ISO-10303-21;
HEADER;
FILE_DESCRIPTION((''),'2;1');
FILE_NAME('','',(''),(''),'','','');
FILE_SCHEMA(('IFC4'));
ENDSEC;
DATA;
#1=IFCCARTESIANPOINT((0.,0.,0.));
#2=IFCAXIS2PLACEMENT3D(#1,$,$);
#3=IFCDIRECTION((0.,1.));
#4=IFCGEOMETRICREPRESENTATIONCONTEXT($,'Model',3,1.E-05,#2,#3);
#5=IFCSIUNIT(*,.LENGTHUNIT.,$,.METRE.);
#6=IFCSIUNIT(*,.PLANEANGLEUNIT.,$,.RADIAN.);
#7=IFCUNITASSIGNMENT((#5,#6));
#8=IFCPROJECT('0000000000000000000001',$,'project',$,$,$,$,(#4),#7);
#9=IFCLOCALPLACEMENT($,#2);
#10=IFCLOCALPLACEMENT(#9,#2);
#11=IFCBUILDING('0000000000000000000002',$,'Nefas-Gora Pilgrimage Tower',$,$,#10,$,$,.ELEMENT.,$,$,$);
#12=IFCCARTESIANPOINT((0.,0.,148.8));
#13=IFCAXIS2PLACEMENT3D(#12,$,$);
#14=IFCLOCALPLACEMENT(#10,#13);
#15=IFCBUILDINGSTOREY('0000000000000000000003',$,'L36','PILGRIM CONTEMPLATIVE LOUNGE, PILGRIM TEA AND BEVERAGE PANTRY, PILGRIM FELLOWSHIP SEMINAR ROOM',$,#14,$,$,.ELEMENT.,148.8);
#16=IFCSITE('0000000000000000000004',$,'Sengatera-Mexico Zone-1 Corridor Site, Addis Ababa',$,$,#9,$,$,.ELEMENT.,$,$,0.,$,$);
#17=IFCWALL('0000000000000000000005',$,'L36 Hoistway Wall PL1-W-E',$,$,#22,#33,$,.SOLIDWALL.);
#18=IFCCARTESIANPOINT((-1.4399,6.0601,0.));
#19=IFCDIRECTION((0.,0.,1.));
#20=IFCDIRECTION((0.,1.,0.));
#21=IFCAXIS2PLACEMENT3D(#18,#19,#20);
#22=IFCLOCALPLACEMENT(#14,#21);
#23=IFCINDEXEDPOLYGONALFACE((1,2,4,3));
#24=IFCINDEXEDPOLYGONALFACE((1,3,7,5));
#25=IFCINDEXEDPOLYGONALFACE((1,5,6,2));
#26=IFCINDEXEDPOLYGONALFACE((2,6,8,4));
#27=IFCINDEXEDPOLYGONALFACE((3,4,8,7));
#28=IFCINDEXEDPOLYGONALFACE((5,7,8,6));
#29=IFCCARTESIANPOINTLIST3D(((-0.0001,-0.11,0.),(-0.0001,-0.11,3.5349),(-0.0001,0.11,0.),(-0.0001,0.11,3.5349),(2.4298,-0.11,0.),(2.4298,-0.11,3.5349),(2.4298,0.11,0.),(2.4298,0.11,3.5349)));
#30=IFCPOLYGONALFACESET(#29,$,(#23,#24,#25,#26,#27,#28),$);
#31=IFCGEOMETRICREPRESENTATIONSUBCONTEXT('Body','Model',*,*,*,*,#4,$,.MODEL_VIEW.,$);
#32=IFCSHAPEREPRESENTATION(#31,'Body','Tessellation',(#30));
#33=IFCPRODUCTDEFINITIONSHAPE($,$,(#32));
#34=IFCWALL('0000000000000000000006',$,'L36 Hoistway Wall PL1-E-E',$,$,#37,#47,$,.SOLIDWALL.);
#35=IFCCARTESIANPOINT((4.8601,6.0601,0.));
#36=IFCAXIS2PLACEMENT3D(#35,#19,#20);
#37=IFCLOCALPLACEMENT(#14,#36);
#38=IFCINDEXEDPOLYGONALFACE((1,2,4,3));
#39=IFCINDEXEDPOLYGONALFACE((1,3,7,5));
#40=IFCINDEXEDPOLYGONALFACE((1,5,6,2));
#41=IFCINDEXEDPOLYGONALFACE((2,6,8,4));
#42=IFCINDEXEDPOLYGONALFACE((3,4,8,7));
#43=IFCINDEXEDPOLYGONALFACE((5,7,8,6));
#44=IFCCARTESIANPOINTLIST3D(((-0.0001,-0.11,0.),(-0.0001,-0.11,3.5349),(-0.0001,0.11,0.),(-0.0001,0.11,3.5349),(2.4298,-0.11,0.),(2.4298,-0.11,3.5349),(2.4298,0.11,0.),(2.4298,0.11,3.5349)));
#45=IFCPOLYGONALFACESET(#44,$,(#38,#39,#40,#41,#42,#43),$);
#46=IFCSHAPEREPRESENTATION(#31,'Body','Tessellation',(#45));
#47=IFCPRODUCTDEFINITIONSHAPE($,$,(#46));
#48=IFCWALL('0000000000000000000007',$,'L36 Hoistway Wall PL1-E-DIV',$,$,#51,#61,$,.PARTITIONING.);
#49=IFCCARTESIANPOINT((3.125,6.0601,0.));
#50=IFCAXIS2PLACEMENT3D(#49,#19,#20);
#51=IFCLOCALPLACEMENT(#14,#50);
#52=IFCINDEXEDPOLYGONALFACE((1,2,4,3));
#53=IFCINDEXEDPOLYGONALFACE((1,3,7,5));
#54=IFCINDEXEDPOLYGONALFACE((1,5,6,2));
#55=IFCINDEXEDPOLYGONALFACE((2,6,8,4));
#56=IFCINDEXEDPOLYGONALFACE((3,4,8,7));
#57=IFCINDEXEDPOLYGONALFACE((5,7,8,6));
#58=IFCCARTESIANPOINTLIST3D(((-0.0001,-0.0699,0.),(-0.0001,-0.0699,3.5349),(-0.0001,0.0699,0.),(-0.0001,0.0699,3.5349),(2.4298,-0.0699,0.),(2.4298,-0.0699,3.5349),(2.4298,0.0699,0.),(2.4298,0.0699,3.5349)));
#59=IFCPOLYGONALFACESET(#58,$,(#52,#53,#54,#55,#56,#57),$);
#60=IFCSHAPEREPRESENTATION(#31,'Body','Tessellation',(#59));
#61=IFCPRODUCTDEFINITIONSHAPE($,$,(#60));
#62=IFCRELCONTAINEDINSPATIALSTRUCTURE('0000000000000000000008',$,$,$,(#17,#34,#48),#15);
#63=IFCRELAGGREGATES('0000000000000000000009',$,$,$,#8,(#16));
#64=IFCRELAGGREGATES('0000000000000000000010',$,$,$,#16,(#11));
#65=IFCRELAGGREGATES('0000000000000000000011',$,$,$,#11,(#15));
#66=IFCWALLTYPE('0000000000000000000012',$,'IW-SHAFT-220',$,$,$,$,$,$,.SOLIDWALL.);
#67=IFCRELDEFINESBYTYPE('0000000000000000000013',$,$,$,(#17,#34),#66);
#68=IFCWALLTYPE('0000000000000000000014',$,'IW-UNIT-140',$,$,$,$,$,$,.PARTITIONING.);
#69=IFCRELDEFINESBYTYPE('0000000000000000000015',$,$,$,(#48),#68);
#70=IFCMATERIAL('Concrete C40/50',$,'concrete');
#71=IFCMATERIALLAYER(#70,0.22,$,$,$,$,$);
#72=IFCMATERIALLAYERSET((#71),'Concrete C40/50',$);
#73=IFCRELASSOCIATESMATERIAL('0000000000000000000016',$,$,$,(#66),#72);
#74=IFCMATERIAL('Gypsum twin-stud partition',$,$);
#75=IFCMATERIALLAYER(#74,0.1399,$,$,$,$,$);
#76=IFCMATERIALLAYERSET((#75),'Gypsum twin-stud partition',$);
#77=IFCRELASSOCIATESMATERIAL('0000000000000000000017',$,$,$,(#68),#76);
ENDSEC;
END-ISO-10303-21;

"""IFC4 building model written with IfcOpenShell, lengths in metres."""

from ifc_helpers import new_model, si_unit, direction, frame, frame_2d, origin, place, context, subcontext, project, spatial, rectangle, extrude, source, transform, mapped, material, layer, layer_set, type_object, element, save


model = new_model("IFC4")

# Units and contexts
model_context = context("Model", 3, precision=1e-05, world=origin(), true_north=direction((0.0, 1.0)))
body_context = subcontext(model_context, "Body", "Model", "MODEL_VIEW")
ifc_project = project(units=[si_unit("LENGTHUNIT", "METRE"), si_unit("PLANEANGLEUNIT", "RADIAN")], contexts=[model_context])

# Site, building, storey
site_placement = place(None, origin())
site = spatial("IfcSite", under=ifc_project, at=site_placement, Name="Sengatera-Mexico Zone-1 Corridor Site, Addis Ababa", CompositionType="ELEMENT", RefElevation=0.0)
building_placement = place(site_placement, origin())
building = spatial("IfcBuilding", under=site, at=building_placement, Name="Nefas-Gora Pilgrimage Tower", CompositionType="ELEMENT")
storey_placement = place(building_placement, frame((0.0, 0.0, 148.8)))
storey = spatial("IfcBuildingStorey", under=building, at=storey_placement, Name="L36", Description="PILGRIM CONTEMPLATIVE LOUNGE, PILGRIM TEA AND BEVERAGE PANTRY, PILGRIM FELLOWSHIP SEMINAR ROOM", CompositionType="ELEMENT", Elevation=148.8)

# Shared definitions
ifc_material_1 = material(Name="Concrete C40/50", Category="concrete")

# Shared definitions
ifc_layer_1 = layer(ifc_material_1, 0.22)
ifc_layer_set_1 = layer_set([ifc_layer_1], Name="Concrete C40/50")
wall_type_1 = type_object("IfcWallType", Name="IW-SHAFT-220", PredefinedType="SOLIDWALL", material=ifc_layer_set_1)

# Walls
shared_shape_1 = source(origin(), body_context, "Body", "SweptSolid", [
    extrude(rectangle(XDim=2.4299, YDim=0.22, at=frame_2d((1.2148, 0.0))), origin(), (0.0, 0.0, 1.0), 3.5349),
])
for number, where, z_axis, x_axis, name in (
    (1, (-1.4399, 6.0601, 0.0), (0.0, 0.0, 1.0), (0.0, 1.0, 0.0), "L36 Hoistway Wall PL1-W-E"),
    (2, (4.8601, 6.0601, 0.0), (0.0, 0.0, 1.0), (0.0, 1.0, 0.0), "L36 Hoistway Wall PL1-E-E"),
):
    element("IfcWall", number, at=place(storey_placement, frame(where, z_axis=z_axis, x_axis=x_axis)), inside=storey, type_object=wall_type_1, Name=name, PredefinedType="SOLIDWALL", context=body_context, shape_type="MappedRepresentation", body=[
        mapped(shared_shape_1, transform((0.0, 0.0, 0.0), x_axis=(1.0, 0.0, 0.0), y_axis=(0.0, 1.0, 0.0), z_axis=(0.0, 0.0, 1.0), scale=1.0)),
    ])
ifc_material_2 = material(Name="Gypsum twin-stud partition")
ifc_layer_2 = layer(ifc_material_2, 0.1399)
ifc_layer_set_2 = layer_set([ifc_layer_2], Name="Gypsum twin-stud partition")
wall_type_2 = type_object("IfcWallType", Name="IW-UNIT-140", PredefinedType="PARTITIONING", material=ifc_layer_set_2)
shared_shape_2 = source(origin(), body_context, "Body", "SweptSolid", [
    extrude(rectangle(XDim=2.4299, YDim=0.1399, at=frame_2d((1.2148, 0.0))), origin(), (0.0, 0.0, 1.0), 3.5349),
])
wall_1_placement = place(storey_placement, frame((3.125, 6.0601, 0.0), z_axis=(0.0, 0.0, 1.0), x_axis=(0.0, 1.0, 0.0)))
element("IfcWall", 3, at=wall_1_placement, inside=storey, type_object=wall_type_2, Name="L36 Hoistway Wall PL1-E-DIV", PredefinedType="PARTITIONING", context=body_context, shape_type="MappedRepresentation", body=[
    mapped(shared_shape_2, transform((0.0, 0.0, 0.0), x_axis=(1.0, 0.0, 0.0), y_axis=(0.0, 1.0, 0.0), z_axis=(0.0, 0.0, 1.0), scale=1.0)),
])

save(model, "model.ifc")
